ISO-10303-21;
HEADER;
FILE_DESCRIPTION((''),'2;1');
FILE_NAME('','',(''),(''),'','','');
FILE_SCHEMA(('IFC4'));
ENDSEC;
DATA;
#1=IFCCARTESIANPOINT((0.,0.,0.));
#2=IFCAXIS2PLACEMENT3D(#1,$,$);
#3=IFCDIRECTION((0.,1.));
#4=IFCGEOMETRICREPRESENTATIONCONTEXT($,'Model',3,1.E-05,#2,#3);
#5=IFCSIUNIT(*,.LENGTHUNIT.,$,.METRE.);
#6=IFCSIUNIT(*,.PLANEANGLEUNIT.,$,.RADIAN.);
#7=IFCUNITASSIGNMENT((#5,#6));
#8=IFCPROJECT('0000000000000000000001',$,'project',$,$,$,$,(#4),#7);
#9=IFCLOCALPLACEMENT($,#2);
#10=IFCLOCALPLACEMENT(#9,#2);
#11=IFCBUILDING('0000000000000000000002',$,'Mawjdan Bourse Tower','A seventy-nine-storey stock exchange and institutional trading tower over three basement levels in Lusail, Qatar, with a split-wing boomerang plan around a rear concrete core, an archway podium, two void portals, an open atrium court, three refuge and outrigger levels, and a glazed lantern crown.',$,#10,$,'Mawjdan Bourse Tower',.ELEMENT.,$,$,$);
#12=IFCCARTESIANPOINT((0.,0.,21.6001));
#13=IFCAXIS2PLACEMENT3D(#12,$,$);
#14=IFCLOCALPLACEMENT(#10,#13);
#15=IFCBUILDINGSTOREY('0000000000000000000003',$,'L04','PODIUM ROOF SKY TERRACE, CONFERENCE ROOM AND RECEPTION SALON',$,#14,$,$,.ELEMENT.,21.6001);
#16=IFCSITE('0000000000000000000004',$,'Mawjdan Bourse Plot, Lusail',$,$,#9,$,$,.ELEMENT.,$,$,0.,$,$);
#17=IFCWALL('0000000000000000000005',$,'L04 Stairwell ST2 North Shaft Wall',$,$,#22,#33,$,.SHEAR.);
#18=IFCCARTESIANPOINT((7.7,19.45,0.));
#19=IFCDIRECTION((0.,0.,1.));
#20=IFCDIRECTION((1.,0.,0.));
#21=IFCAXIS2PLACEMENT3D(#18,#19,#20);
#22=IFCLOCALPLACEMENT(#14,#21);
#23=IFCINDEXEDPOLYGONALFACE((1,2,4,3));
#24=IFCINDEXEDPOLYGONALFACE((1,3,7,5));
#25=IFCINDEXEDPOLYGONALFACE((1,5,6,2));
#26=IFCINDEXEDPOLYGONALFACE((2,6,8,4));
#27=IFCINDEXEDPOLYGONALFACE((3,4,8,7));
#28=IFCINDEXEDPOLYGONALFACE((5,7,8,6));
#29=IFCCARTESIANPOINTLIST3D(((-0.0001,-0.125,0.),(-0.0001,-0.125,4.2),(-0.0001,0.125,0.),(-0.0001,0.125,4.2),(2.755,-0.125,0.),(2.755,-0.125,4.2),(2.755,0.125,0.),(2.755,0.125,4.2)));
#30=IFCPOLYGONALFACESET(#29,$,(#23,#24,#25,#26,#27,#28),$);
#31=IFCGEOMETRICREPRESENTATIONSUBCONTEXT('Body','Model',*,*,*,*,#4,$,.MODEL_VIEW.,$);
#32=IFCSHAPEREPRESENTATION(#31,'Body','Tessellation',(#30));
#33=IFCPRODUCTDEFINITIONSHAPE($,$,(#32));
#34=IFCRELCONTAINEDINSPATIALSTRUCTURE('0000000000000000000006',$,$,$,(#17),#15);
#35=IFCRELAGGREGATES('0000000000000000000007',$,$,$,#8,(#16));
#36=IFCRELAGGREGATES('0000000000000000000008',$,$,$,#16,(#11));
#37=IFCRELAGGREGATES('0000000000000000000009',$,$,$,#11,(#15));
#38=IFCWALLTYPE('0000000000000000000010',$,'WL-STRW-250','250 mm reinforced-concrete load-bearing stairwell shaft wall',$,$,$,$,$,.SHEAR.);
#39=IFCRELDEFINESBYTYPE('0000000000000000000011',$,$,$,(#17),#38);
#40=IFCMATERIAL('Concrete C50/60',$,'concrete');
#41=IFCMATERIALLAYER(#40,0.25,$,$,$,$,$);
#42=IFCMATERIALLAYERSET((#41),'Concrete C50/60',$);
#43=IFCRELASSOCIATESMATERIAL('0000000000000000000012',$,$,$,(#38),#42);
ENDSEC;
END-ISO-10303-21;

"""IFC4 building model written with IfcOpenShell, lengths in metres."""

from ifc_helpers import new_model, si_unit, direction, frame, frame_2d, origin, place, context, subcontext, project, spatial, rectangle, extrude, material, layer, layer_set, type_object, element, save


model = new_model("IFC4")

# Units and contexts
model_context = context("Model", 3, precision=1e-05, world=origin(), true_north=direction((0.0, 1.0)))
body_context = subcontext(model_context, "Body", "Model", "MODEL_VIEW")
ifc_project = project(units=[si_unit("LENGTHUNIT", "METRE"), si_unit("PLANEANGLEUNIT", "RADIAN")], contexts=[model_context])

# Site, building, storey
site_placement = place(None, origin())
site = spatial("IfcSite", under=ifc_project, at=site_placement, Name="Mawjdan Bourse Plot, Lusail", CompositionType="ELEMENT", RefElevation=0.0)
building_placement = place(site_placement, origin())
building = spatial("IfcBuilding", under=site, at=building_placement, Name="Mawjdan Bourse Tower", Description="A seventy-nine-storey stock exchange and institutional trading tower over three basement levels in Lusail, Qatar, with a split-wing boomerang plan around a rear concrete core, an archway podium, two void portals, an open atrium court, three refuge and outrigger levels, and a glazed lantern crown.", LongName="Mawjdan Bourse Tower", CompositionType="ELEMENT")
storey_placement = place(building_placement, frame((0.0, 0.0, 21.6001)))
storey = spatial("IfcBuildingStorey", under=building, at=storey_placement, Name="L04", Description="PODIUM ROOF SKY TERRACE, CONFERENCE ROOM AND RECEPTION SALON", CompositionType="ELEMENT", Elevation=21.6001)

# Wall
ifc_material_1 = material(Name="Concrete C50/60", Category="concrete")
ifc_layer_1 = layer(ifc_material_1, 0.25)
ifc_layer_set_1 = layer_set([ifc_layer_1], Name="Concrete C50/60")
wall_type_1 = type_object("IfcWallType", Name="WL-STRW-250", Description="250 mm reinforced-concrete load-bearing stairwell shaft wall", PredefinedType="SHEAR", material=ifc_layer_set_1)
wall_1_placement = place(storey_placement, frame((7.7, 19.45, 0.0), z_axis=(0.0, 0.0, 1.0), x_axis=(1.0, 0.0, 0.0)))
element("IfcWall", 1, at=wall_1_placement, inside=storey, type_object=wall_type_1, Name="L04 Stairwell ST2 North Shaft Wall", PredefinedType="SHEAR", context=body_context, shape_type="SweptSolid", body=[
    extrude(rectangle(XDim=2.7551, YDim=0.25, at=frame_2d((1.3774, 0.0))), origin(), (0.0, 0.0, 1.0), 4.2),
])

save(model, "model.ifc")
